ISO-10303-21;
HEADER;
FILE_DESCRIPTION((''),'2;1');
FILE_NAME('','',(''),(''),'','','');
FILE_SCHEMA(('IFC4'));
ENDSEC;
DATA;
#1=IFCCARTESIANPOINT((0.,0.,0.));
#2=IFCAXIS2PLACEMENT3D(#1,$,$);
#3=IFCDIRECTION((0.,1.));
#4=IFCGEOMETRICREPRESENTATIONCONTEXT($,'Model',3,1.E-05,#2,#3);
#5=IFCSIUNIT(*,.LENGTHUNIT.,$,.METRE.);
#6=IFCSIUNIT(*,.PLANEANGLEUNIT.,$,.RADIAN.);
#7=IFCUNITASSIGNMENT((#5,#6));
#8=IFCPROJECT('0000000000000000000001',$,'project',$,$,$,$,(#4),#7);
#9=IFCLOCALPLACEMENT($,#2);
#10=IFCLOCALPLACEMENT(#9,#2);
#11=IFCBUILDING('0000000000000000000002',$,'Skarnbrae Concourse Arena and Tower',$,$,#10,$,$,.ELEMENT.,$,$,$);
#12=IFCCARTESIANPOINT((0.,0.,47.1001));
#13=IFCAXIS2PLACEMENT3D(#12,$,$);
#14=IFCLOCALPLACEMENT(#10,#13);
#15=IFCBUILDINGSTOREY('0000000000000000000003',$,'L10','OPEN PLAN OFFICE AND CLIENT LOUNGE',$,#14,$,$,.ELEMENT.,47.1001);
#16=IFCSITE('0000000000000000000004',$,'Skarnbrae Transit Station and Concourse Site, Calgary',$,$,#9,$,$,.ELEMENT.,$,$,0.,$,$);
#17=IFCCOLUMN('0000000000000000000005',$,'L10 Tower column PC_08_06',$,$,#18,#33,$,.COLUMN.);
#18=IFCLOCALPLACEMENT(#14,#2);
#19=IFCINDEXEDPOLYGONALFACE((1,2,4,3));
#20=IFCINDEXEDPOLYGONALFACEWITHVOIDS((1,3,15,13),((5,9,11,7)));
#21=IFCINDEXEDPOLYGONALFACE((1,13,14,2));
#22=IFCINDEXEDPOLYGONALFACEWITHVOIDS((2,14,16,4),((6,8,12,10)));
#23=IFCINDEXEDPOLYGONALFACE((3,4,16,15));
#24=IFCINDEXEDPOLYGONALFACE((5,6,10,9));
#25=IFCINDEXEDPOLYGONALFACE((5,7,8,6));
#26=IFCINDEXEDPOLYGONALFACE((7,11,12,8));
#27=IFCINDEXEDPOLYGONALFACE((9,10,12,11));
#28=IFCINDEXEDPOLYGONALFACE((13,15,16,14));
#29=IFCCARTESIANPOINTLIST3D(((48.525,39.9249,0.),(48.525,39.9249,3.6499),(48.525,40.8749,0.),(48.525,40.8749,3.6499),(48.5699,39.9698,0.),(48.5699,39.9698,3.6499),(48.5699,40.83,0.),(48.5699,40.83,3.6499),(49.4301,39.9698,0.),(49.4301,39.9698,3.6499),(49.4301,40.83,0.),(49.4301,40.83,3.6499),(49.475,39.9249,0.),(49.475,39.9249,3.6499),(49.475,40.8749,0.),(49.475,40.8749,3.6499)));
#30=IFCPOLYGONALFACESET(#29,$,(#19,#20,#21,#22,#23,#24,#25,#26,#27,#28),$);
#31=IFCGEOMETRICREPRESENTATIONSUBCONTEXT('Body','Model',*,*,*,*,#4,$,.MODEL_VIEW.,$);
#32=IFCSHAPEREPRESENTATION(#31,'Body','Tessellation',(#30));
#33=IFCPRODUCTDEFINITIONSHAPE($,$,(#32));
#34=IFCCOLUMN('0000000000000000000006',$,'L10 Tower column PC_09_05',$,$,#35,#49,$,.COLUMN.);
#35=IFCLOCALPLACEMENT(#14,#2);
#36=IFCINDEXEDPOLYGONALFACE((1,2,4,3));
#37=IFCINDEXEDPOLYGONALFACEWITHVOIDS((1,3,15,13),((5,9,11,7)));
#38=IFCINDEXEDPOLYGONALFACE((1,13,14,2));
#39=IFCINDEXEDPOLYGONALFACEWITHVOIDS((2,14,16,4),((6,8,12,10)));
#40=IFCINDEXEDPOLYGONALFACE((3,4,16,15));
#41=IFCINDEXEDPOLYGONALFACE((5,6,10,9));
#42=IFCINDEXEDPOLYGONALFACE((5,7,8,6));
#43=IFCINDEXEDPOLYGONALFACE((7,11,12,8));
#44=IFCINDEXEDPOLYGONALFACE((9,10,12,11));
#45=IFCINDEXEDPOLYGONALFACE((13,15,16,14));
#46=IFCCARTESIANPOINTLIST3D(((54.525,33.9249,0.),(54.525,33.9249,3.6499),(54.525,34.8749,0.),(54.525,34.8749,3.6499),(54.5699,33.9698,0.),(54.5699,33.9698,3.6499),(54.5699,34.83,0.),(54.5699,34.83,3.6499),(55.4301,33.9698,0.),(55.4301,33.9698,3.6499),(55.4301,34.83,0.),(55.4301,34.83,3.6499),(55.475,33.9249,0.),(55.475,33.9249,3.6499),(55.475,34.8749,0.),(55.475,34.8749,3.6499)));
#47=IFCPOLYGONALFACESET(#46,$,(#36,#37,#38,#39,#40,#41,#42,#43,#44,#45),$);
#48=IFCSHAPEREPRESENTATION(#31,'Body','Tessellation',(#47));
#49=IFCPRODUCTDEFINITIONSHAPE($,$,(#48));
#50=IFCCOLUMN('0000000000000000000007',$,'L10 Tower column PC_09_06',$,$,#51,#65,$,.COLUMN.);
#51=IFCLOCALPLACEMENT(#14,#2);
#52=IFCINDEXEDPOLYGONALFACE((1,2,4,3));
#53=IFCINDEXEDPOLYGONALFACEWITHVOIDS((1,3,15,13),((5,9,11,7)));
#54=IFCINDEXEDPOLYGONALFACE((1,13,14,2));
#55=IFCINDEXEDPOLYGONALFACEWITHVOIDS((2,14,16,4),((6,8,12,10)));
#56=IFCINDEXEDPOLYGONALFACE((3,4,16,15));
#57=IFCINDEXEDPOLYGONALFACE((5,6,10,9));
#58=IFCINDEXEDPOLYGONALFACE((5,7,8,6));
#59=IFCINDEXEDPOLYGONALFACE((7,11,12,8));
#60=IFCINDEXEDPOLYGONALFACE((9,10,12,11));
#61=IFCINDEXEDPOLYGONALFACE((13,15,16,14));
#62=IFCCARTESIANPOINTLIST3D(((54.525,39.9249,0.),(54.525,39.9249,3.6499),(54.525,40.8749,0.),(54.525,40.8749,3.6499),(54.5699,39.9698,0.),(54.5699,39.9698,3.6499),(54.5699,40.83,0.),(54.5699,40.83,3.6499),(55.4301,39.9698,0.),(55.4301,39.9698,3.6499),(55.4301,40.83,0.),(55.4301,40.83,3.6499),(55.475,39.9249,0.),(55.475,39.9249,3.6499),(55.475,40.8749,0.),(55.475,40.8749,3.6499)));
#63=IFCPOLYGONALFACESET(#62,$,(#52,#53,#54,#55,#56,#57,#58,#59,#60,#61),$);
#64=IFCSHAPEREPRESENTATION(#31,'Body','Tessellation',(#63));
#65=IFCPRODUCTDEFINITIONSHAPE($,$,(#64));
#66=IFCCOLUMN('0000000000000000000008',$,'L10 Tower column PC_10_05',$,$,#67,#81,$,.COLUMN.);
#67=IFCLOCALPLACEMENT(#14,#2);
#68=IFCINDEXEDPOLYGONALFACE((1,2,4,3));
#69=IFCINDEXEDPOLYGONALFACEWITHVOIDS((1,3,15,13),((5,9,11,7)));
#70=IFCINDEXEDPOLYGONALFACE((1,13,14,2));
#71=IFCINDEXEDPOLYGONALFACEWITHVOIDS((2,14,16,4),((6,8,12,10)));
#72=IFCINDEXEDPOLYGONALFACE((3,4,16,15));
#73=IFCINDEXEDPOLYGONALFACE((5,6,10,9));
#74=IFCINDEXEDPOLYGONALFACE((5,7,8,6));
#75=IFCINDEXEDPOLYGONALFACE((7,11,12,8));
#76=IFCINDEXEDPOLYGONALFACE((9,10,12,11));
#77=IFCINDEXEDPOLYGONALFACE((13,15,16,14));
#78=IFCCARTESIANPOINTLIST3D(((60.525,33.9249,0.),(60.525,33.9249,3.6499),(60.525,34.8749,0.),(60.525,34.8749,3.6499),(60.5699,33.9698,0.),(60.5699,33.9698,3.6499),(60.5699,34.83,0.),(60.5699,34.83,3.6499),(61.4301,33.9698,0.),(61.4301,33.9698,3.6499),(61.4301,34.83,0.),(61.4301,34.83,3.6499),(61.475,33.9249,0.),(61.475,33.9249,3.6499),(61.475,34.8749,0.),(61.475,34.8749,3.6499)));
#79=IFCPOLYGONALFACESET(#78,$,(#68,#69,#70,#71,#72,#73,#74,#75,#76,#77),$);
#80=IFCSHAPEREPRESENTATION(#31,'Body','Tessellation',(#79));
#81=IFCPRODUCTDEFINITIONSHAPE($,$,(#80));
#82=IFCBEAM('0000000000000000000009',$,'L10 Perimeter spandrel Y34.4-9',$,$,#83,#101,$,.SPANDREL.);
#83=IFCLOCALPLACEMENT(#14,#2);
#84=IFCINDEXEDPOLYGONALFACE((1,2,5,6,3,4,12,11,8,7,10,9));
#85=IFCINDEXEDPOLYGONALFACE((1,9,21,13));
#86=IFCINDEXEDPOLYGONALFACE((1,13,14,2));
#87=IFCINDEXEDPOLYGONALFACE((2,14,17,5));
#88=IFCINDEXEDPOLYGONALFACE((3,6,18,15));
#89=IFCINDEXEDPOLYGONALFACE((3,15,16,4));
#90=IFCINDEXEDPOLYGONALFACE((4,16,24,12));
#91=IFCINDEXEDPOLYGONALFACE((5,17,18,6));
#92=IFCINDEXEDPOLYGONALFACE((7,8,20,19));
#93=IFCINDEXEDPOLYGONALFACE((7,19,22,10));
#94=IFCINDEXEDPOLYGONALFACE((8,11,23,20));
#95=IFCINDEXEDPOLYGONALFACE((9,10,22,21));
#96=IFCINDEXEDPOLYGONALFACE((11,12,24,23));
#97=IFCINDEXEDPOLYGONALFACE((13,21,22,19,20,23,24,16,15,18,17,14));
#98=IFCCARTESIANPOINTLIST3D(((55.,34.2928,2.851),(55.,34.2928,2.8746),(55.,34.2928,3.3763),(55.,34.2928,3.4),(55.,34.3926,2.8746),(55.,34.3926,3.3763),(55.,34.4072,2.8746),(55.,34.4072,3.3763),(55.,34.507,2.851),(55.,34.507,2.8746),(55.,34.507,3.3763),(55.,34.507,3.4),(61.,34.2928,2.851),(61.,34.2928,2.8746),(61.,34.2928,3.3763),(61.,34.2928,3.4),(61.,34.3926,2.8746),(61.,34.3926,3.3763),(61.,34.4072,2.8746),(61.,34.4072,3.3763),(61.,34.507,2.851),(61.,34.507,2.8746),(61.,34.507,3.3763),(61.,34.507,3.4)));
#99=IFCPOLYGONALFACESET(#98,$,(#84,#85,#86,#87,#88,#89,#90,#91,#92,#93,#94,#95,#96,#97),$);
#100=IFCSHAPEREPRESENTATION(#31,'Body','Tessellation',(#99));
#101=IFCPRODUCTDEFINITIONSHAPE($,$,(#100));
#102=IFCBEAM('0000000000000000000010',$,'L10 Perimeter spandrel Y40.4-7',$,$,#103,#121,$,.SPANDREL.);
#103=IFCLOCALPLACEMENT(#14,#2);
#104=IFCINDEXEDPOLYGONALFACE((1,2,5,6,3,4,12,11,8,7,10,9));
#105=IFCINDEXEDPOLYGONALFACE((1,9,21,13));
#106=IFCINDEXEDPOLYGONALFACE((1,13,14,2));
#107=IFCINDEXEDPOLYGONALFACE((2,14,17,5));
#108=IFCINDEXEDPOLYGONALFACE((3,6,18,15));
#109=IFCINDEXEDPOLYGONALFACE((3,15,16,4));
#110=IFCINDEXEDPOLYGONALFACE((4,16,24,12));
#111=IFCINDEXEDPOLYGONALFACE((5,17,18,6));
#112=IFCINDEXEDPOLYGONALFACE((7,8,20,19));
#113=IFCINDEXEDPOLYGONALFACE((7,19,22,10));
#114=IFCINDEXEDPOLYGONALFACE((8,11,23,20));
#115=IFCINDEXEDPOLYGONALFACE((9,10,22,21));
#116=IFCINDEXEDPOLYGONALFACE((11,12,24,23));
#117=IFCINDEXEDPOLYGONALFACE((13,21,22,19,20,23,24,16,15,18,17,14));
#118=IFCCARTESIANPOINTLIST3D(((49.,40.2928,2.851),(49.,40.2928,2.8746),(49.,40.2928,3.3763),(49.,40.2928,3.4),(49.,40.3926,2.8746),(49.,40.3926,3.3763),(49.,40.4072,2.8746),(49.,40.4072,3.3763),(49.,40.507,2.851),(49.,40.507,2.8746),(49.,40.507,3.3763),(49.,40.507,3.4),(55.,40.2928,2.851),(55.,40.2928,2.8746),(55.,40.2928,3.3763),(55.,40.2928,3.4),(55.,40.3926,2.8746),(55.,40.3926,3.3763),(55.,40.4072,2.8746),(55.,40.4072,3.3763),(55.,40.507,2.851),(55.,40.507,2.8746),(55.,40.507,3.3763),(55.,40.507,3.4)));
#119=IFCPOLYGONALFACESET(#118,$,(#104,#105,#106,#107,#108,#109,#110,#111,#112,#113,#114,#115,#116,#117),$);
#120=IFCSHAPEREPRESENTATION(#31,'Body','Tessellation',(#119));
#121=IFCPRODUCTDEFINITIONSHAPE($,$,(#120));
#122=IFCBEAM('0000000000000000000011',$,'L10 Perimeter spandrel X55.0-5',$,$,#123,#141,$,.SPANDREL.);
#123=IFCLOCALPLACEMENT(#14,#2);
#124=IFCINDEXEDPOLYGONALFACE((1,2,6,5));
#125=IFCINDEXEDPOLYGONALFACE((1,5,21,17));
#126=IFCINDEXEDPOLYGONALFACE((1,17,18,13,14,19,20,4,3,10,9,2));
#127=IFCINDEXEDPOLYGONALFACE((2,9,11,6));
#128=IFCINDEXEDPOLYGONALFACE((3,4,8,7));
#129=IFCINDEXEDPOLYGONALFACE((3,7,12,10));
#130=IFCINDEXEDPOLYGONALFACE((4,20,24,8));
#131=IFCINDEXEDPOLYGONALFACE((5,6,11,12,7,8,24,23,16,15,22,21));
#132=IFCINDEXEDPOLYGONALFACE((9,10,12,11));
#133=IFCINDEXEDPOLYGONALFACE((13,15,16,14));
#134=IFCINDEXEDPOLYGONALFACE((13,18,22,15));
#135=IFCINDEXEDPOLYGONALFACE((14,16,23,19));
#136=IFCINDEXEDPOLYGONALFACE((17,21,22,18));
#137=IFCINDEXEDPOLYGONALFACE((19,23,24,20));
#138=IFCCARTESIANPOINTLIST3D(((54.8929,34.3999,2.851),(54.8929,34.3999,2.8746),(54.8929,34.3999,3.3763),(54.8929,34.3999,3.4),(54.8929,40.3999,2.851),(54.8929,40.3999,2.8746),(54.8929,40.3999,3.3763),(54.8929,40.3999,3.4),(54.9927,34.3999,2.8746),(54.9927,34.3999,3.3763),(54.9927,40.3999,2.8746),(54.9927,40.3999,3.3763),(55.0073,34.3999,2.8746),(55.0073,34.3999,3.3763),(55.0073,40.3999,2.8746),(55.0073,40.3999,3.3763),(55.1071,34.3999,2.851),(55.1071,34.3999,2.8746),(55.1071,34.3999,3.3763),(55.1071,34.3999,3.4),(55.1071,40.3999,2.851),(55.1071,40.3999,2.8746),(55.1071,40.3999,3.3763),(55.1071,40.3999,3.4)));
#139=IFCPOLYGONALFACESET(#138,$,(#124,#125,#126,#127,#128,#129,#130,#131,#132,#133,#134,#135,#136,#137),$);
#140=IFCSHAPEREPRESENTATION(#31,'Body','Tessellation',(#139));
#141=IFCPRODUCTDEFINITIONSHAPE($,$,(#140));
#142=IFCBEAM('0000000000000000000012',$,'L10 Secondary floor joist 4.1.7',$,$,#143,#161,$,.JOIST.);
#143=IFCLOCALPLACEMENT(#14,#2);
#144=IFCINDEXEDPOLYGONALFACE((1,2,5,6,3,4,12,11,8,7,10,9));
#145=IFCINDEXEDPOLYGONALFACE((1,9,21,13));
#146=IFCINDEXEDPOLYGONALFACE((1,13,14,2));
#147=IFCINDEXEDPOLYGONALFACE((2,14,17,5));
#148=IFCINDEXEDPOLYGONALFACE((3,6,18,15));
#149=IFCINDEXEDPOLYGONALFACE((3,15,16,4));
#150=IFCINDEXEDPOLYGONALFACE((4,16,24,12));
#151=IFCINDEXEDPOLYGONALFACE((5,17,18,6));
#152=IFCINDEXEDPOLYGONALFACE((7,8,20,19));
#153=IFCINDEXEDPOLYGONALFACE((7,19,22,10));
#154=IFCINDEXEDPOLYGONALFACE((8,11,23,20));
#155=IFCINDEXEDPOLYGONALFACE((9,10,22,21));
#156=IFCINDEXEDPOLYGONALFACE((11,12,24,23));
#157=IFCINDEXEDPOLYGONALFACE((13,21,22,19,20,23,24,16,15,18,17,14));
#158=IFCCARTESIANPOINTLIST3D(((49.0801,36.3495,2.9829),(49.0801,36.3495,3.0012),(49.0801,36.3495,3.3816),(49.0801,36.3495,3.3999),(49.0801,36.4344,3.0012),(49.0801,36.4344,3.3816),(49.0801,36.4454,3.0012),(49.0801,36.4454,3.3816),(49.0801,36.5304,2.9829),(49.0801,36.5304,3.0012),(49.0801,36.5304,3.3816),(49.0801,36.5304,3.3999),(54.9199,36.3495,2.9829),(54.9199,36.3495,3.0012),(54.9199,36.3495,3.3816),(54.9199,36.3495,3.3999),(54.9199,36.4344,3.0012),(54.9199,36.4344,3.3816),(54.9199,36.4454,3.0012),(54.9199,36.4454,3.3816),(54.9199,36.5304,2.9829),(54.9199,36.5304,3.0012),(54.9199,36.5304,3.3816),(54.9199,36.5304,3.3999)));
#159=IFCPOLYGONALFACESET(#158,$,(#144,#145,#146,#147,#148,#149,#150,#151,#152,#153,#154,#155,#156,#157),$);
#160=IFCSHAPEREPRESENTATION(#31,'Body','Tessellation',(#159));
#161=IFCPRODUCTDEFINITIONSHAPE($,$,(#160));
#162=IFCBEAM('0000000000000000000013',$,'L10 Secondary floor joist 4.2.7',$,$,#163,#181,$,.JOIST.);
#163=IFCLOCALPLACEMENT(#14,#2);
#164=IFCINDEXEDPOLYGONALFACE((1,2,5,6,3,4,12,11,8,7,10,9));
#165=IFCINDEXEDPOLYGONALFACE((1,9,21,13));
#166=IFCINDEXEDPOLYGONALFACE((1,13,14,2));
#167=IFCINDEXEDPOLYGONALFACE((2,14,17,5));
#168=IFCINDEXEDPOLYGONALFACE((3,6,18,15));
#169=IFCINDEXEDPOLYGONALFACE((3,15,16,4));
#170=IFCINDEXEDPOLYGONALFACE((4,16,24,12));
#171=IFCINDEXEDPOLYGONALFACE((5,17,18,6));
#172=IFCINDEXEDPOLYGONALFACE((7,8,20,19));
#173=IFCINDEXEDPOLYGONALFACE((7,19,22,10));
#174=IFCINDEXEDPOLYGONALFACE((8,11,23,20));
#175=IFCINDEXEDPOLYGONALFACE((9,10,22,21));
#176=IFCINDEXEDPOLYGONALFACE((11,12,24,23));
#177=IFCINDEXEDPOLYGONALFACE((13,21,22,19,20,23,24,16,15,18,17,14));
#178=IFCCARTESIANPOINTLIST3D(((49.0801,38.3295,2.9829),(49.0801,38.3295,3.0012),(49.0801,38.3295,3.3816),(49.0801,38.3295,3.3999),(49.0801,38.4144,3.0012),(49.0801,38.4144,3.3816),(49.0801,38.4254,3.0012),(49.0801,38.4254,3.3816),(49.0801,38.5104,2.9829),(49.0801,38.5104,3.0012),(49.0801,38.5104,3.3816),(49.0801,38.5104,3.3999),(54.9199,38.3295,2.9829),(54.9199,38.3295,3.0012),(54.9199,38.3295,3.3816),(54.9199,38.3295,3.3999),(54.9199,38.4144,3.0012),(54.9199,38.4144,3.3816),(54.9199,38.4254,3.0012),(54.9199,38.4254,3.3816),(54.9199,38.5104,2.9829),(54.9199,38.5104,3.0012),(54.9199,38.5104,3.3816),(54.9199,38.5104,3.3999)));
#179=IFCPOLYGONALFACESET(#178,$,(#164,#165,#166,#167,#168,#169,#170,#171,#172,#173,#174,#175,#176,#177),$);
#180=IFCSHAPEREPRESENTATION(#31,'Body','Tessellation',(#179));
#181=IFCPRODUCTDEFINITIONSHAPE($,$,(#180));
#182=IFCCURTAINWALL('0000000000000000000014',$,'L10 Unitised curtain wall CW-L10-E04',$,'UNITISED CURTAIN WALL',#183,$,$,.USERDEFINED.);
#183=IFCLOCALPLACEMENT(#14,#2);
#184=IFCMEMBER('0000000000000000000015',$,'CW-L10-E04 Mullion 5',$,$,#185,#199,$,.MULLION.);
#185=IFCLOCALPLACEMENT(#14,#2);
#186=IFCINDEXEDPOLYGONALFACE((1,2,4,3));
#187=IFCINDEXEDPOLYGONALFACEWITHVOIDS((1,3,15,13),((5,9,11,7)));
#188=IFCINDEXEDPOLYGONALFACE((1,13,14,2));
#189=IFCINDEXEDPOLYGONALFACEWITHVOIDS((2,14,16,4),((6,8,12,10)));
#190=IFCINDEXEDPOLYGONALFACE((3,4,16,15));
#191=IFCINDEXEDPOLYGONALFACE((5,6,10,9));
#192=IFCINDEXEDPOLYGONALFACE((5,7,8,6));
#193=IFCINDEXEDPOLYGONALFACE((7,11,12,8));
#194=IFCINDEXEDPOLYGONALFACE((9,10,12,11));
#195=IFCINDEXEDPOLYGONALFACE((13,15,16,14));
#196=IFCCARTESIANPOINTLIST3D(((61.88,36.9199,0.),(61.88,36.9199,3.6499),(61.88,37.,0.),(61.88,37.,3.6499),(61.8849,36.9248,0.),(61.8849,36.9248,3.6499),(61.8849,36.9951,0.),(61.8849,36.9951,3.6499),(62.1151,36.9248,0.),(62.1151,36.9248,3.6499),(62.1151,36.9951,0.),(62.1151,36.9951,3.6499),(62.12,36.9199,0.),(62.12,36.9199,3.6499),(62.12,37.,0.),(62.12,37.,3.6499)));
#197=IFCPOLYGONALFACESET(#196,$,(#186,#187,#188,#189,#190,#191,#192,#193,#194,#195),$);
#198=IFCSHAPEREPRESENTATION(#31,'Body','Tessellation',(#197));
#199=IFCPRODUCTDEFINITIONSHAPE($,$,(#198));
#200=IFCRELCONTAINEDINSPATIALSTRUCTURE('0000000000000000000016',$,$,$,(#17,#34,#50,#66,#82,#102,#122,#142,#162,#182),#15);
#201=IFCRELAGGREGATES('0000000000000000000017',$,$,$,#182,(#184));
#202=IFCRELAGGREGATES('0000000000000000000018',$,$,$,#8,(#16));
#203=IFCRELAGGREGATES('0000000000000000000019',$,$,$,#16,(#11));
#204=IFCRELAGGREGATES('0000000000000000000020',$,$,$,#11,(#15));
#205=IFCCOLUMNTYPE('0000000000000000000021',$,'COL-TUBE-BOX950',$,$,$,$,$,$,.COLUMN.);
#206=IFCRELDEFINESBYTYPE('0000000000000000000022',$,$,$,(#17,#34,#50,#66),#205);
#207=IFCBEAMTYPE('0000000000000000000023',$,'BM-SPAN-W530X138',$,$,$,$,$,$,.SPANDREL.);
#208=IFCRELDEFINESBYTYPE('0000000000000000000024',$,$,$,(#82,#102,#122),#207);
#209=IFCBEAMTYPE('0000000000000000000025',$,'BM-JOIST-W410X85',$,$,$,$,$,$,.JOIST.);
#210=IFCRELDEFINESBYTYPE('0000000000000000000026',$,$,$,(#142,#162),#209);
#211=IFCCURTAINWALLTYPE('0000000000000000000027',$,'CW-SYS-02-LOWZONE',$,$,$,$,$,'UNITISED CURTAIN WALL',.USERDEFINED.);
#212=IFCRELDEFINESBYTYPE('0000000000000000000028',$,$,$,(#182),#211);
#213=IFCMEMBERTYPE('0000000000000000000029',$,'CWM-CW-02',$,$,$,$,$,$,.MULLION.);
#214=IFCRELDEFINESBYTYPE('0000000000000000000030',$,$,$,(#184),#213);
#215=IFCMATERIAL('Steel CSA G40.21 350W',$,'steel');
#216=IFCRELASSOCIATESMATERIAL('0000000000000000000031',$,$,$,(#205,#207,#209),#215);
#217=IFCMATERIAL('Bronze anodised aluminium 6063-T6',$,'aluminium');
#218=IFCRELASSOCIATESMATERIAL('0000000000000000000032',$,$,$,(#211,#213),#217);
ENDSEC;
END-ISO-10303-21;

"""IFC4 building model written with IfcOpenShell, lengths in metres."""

from ifc_helpers import new_model, si_unit, direction, frame, origin, origin_2d, place, context, subcontext, project, spatial, hollow_rectangle, i_section, extrude, source, transform, mapped, material, material_profile, profile_set, type_object, element, aggregate, save


model = new_model("IFC4")

# Units and contexts
model_context = context("Model", 3, precision=1e-05, world=origin(), true_north=direction((0.0, 1.0)))
body_context = subcontext(model_context, "Body", "Model", "MODEL_VIEW")
ifc_project = project(units=[si_unit("LENGTHUNIT", "METRE"), si_unit("PLANEANGLEUNIT", "RADIAN")], contexts=[model_context])

# Site, building, storey
site_placement = place(None, origin())
site = spatial("IfcSite", under=ifc_project, at=site_placement, Name="Skarnbrae Transit Station and Concourse Site, Calgary", CompositionType="ELEMENT", RefElevation=0.0)
building_placement = place(site_placement, origin())
building = spatial("IfcBuilding", under=site, at=building_placement, Name="Skarnbrae Concourse Arena and Tower", CompositionType="ELEMENT")
storey_placement = place(building_placement, frame((0.0, 0.0, 47.1001)))
storey = spatial("IfcBuildingStorey", under=building, at=storey_placement, Name="L10", Description="OPEN PLAN OFFICE AND CLIENT LOUNGE", CompositionType="ELEMENT", Elevation=47.1001)

# Columns
ifc_material_1 = material(Name="Steel CSA G40.21 350W", Category="steel")
ifc_material_profile_1 = material_profile(ifc_material_1, hollow_rectangle(XDim=0.95, YDim=0.95, WallThickness=0.0449, at=origin_2d()), Name="BOX950X950X45")
ifc_profile_set_1 = profile_set([ifc_material_profile_1], Name="Steel CSA G40.21 350W")
column_type = type_object("IfcColumnType", Name="COL-TUBE-BOX950", PredefinedType="COLUMN", material=ifc_profile_set_1)
shared_shape_1 = source(origin(), body_context, "Body", "SweptSolid", [
    extrude(hollow_rectangle(XDim=0.95, YDim=0.95, WallThickness=0.0449, at=origin_2d()), origin(), (0.0, 0.0, 1.0), 3.6499),
])
for number, where, z_axis, x_axis, name in (
    (1, (49.0, 40.3999, 0.0), (0.0, 0.0, 1.0), (1.0, 0.0, 0.0), "L10 Tower column PC_08_06"),
    (2, (55.0, 34.3999, 0.0), (0.0, 0.0, 1.0), (1.0, 0.0, 0.0), "L10 Tower column PC_09_05"),
    (3, (55.0, 40.3999, 0.0), (0.0, 0.0, 1.0), (1.0, 0.0, 0.0), "L10 Tower column PC_09_06"),
    (4, (61.0, 34.3999, 0.0), (0.0, 0.0, 1.0), (1.0, 0.0, 0.0), "L10 Tower column PC_10_05"),
):
    element("IfcColumn", number, at=place(storey_placement, frame(where, z_axis=z_axis, x_axis=x_axis)), inside=storey, type_object=column_type, Name=name, PredefinedType="COLUMN", context=body_context, shape_type="MappedRepresentation", body=[
        mapped(shared_shape_1, transform((0.0, 0.0, 0.0))),
    ])

# Beams
ifc_material_profile_2 = material_profile(ifc_material_1, i_section(OverallWidth=0.2141, OverallDepth=0.5491, WebThickness=0.0146, FlangeThickness=0.0237, at=origin_2d()), Name="W530X138")
ifc_profile_set_2 = profile_set([ifc_material_profile_2], Name="Steel CSA G40.21 350W")
beam_type_1 = type_object("IfcBeamType", Name="BM-SPAN-W530X138", PredefinedType="SPANDREL", material=ifc_profile_set_2)
shared_shape_2 = source(origin(), body_context, "Body", "SweptSolid", [
    extrude(i_section(OverallWidth=0.2141, OverallDepth=0.5491, WebThickness=0.0146, FlangeThickness=0.0237, at=origin_2d()), origin(), (0.0, 0.0, 1.0), 6.0),
])
for number, where, z_axis, x_axis, name in (
    (5, (55.0, 34.3999, 3.1255), (1.0, 0.0, 0.0), (0.0, 1.0, 0.0), "L10 Perimeter spandrel Y34.4-9"),
    (6, (49.0, 40.3999, 3.1255), (1.0, 0.0, 0.0), (0.0, 1.0, 0.0), "L10 Perimeter spandrel Y40.4-7"),
    (7, (55.0, 34.3999, 3.1255), (0.0, 1.0, 0.0), (-1.0, 0.0, 0.0), "L10 Perimeter spandrel X55.0-5"),
):
    element("IfcBeam", number, at=place(storey_placement, frame(where, z_axis=z_axis, x_axis=x_axis)), inside=storey, type_object=beam_type_1, Name=name, PredefinedType="SPANDREL", context=body_context, shape_type="MappedRepresentation", body=[
        mapped(shared_shape_2, transform((0.0, 0.0, 0.0))),
    ])
ifc_material_profile_3 = material_profile(ifc_material_1, i_section(OverallWidth=0.1809, OverallDepth=0.417, WebThickness=0.011, FlangeThickness=0.0183, at=origin_2d()), Name="W410X85")
ifc_profile_set_3 = profile_set([ifc_material_profile_3], Name="Steel CSA G40.21 350W")
beam_type_2 = type_object("IfcBeamType", Name="BM-JOIST-W410X85", PredefinedType="JOIST", material=ifc_profile_set_3)
shared_shape_3 = source(origin(), body_context, "Body", "SweptSolid", [
    extrude(i_section(OverallWidth=0.1809, OverallDepth=0.417, WebThickness=0.011, FlangeThickness=0.0183, at=origin_2d()), origin(), (0.0, 0.0, 1.0), 5.8398),
])
for number, where, z_axis, x_axis, name in (
    (8, (49.0801, 36.4399, 3.1914), (1.0, 0.0, 0.0), (0.0, 1.0, 0.0), "L10 Secondary floor joist 4.1.7"),
    (9, (49.0801, 38.4199, 3.1914), (1.0, 0.0, 0.0), (0.0, 1.0, 0.0), "L10 Secondary floor joist 4.2.7"),
):
    element("IfcBeam", number, at=place(storey_placement, frame(where, z_axis=z_axis, x_axis=x_axis)), inside=storey, type_object=beam_type_2, Name=name, PredefinedType="JOIST", context=body_context, shape_type="MappedRepresentation", body=[
        mapped(shared_shape_3, transform((0.0, 0.0, 0.0))),
    ])

# Curtain wall, member
ifc_material_2 = material(Name="Bronze anodised aluminium 6063-T6", Category="aluminium")
curtain_wall_type_1 = type_object("IfcCurtainWallType", Name="CW-SYS-02-LOWZONE", ElementType="UNITISED CURTAIN WALL", PredefinedType="USERDEFINED", material=ifc_material_2)
curtain_wall_1_placement = place(storey_placement, origin())
curtain_wall_1 = element("IfcCurtainWall", 10, at=curtain_wall_1_placement, inside=storey, type_object=curtain_wall_type_1, Name="L10 Unitised curtain wall CW-L10-E04", ObjectType="UNITISED CURTAIN WALL", PredefinedType="USERDEFINED")
ifc_material_profile_4 = material_profile(ifc_material_2, hollow_rectangle(XDim=0.0801, YDim=0.24, WallThickness=0.0049, at=origin_2d()), Name="ALU-MULL-80X240")
ifc_profile_set_4 = profile_set([ifc_material_profile_4], Name="Bronze anodised aluminium 6063-T6")
member_type_1 = type_object("IfcMemberType", Name="CWM-CW-02", PredefinedType="MULLION", material=ifc_profile_set_4)
shared_shape_4 = source(origin(), body_context, "Body", "SweptSolid", [
    extrude(hollow_rectangle(XDim=0.0801, YDim=0.24, WallThickness=0.0049, at=origin_2d()), origin(), (0.0, 0.0, 1.0), 3.6499),
])
member_1_placement = place(storey_placement, frame((62.0, 36.96, 0.0), z_axis=(0.0, 0.0, 1.0), x_axis=(0.0, 1.0, 0.0)))
member_1 = element("IfcMember", 11, at=member_1_placement, type_object=member_type_1, Name="CW-L10-E04 Mullion 5", PredefinedType="MULLION", context=body_context, shape_type="MappedRepresentation", body=[
    mapped(shared_shape_4, transform((0.0, 0.0, 0.0))),
])
aggregate(curtain_wall_1, [member_1])

save(model, "model.ifc")
